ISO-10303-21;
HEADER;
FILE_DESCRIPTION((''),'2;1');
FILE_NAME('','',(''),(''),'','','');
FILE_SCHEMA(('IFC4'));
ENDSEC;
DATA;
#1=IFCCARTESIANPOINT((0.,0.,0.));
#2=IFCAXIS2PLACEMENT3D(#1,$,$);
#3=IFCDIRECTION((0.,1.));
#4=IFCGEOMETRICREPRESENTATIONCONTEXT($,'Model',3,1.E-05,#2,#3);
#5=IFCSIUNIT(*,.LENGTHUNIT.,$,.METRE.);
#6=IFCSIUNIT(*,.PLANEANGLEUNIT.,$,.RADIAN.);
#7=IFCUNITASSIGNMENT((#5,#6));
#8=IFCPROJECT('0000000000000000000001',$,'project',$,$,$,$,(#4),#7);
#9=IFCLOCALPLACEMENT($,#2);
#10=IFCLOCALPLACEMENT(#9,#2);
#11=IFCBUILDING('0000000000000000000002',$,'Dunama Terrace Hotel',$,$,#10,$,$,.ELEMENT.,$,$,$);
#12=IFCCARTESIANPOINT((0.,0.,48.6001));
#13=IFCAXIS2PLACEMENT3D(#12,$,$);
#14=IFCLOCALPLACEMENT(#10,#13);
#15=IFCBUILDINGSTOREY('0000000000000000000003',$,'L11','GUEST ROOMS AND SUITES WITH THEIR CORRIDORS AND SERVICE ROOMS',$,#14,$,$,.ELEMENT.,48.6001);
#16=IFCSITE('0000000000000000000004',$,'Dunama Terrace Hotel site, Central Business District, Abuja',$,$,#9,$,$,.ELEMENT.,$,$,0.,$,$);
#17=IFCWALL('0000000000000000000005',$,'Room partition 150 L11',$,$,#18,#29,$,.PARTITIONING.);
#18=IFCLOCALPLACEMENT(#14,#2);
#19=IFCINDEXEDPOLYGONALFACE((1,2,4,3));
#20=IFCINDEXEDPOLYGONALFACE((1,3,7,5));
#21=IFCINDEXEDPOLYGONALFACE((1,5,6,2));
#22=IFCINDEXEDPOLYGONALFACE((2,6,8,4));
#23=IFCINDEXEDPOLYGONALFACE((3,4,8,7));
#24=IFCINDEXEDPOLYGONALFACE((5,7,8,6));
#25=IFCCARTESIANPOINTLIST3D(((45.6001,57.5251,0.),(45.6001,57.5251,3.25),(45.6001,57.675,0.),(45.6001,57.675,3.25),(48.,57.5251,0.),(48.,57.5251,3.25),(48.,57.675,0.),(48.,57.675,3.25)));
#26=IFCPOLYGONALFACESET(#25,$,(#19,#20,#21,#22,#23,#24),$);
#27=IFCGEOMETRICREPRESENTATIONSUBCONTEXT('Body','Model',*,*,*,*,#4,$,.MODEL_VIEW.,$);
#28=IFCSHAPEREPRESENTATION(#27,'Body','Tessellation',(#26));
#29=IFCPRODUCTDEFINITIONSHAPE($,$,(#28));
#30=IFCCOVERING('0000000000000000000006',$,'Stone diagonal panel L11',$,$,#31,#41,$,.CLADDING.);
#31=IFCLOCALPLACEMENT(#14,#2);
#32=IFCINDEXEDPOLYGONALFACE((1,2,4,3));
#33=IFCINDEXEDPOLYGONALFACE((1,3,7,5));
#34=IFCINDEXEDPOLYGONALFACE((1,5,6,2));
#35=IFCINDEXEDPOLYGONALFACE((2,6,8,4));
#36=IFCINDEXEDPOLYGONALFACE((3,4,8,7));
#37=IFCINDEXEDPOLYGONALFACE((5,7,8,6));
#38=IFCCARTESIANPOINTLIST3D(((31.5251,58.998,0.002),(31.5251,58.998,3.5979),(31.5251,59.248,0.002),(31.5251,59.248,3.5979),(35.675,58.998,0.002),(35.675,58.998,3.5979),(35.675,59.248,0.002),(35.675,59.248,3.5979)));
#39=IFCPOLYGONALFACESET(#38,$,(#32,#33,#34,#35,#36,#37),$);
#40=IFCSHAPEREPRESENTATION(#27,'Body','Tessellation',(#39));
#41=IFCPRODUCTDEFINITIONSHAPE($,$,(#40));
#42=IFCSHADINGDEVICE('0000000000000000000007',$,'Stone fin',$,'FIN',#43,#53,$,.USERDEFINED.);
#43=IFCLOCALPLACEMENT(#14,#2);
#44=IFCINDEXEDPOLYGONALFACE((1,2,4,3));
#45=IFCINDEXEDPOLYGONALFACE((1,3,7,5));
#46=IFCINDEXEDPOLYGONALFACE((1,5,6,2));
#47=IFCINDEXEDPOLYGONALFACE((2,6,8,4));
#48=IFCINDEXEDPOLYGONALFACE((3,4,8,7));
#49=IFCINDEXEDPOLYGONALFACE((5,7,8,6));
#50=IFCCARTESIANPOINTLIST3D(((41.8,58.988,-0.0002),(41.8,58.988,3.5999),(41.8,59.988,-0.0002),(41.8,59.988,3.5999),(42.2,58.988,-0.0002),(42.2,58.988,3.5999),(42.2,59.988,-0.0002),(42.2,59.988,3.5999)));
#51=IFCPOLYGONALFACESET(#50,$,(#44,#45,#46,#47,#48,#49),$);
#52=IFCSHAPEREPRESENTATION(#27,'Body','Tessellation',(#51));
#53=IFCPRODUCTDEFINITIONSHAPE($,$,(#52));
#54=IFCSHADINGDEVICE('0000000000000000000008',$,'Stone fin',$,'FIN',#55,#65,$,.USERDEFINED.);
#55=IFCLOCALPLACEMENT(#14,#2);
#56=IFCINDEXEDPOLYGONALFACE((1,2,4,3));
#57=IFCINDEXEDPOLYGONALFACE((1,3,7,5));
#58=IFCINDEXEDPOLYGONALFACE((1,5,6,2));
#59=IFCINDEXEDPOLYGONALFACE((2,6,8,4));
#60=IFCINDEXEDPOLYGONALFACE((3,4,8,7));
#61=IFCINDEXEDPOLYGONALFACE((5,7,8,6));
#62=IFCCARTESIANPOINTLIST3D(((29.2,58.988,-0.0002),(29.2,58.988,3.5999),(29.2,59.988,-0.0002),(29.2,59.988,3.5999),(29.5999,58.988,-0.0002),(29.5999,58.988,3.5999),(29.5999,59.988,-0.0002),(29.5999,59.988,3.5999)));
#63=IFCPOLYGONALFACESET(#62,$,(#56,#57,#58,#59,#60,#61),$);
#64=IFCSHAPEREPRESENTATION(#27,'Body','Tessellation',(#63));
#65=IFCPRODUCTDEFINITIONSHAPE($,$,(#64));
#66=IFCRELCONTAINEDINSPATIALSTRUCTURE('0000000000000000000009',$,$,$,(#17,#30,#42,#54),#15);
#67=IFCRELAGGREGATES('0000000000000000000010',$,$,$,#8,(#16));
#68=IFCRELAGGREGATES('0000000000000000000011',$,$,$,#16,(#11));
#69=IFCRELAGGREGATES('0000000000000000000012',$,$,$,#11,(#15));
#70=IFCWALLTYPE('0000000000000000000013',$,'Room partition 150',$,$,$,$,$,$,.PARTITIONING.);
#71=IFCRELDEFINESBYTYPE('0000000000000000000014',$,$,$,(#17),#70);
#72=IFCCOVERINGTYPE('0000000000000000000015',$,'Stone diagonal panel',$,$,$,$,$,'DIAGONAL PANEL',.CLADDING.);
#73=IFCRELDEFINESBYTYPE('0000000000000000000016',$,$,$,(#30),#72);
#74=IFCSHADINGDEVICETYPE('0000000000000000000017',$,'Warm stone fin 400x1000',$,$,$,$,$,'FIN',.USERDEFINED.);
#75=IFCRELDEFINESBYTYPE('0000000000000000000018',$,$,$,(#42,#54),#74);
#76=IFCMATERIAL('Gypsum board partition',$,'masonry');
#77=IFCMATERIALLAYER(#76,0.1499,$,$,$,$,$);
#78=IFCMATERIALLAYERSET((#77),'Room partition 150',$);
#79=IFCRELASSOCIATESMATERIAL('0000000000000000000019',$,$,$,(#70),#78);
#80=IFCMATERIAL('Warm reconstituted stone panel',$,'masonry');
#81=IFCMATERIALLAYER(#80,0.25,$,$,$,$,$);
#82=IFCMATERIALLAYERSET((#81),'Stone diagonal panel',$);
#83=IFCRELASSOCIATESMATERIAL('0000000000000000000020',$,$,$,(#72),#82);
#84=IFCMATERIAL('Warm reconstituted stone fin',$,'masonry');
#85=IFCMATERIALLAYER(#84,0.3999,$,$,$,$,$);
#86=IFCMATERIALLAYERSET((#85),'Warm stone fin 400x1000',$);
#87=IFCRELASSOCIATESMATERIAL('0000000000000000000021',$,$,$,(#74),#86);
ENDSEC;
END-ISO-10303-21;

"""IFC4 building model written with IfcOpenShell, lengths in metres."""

from ifc_helpers import new_model, si_unit, direction, frame, frame_2d, origin, origin_2d, place, context, subcontext, project, spatial, rectangle, extrude, material, layer, layer_set, type_object, element, save


model = new_model("IFC4")

# Units and contexts
model_context = context("Model", 3, precision=1e-05, world=origin(), true_north=direction((0.0, 1.0)))
body_context = subcontext(model_context, "Body", "Model", "MODEL_VIEW")
ifc_project = project(units=[si_unit("LENGTHUNIT", "METRE"), si_unit("PLANEANGLEUNIT", "RADIAN")], contexts=[model_context])

# Site, building, storey
site_placement = place(None, origin())
site = spatial("IfcSite", under=ifc_project, at=site_placement, Name="Dunama Terrace Hotel site, Central Business District, Abuja", CompositionType="ELEMENT", RefElevation=0.0)
building_placement = place(site_placement, origin())
building = spatial("IfcBuilding", under=site, at=building_placement, Name="Dunama Terrace Hotel", CompositionType="ELEMENT")
storey_placement = place(building_placement, frame((0.0, 0.0, 48.6001)))
storey = spatial("IfcBuildingStorey", under=building, at=storey_placement, Name="L11", Description="GUEST ROOMS AND SUITES WITH THEIR CORRIDORS AND SERVICE ROOMS", CompositionType="ELEMENT", Elevation=48.6001)

# Shared definitions
ifc_material_1 = material(Name="Gypsum board partition", Category="masonry")
ifc_layer_1 = layer(ifc_material_1, 0.1499)
ifc_layer_set_1 = layer_set([ifc_layer_1], Name="Room partition 150")
wall_type_1 = type_object("IfcWallType", Name="Room partition 150", PredefinedType="PARTITIONING", material=ifc_layer_set_1)

# Wall
wall_1_placement = place(storey_placement, frame((45.6001, 57.6001, 0.0), z_axis=(0.0, 0.0, 1.0), x_axis=(1.0, 0.0, 0.0)))
element("IfcWall", 1, at=wall_1_placement, inside=storey, type_object=wall_type_1, Name="Room partition 150 L11", PredefinedType="PARTITIONING", context=body_context, shape_type="SweptSolid", body=[
    extrude(rectangle(XDim=2.3999, YDim=0.1499, at=frame_2d((1.2, 0.0))), origin(), (0.0, 0.0, 1.0), 3.25),
])

# Covering
ifc_material_2 = material(Name="Warm reconstituted stone panel", Category="masonry")
ifc_layer_2 = layer(ifc_material_2, 0.25)
ifc_layer_set_2 = layer_set([ifc_layer_2], Name="Stone diagonal panel")
covering_type = type_object("IfcCoveringType", Name="Stone diagonal panel", ElementType="DIAGONAL PANEL", PredefinedType="CLADDING", material=ifc_layer_set_2)
covering_placement = place(storey_placement, frame((33.6001, 59.123, 0.002), z_axis=(0.0, 0.0, 1.0), x_axis=(-1.0, 0.0, 0.0)))
element("IfcCovering", 2, at=covering_placement, inside=storey, type_object=covering_type, Name="Stone diagonal panel L11", PredefinedType="CLADDING", context=body_context, shape_type="SweptSolid", body=[
    extrude(rectangle(XDim=4.1499, YDim=0.25, at=origin_2d()), origin(), (0.0, 0.0, 1.0), 3.5959),
])

# Shading devices
ifc_material_3 = material(Name="Warm reconstituted stone fin", Category="masonry")
ifc_layer_3 = layer(ifc_material_3, 0.3999)
ifc_layer_set_3 = layer_set([ifc_layer_3], Name="Warm stone fin 400x1000")
shading_device_type = type_object("IfcShadingDeviceType", Name="Warm stone fin 400x1000", ElementType="FIN", PredefinedType="USERDEFINED", material=ifc_layer_set_3)
for number, where, z_axis, x_axis, name in (
    (3, (42.0, 59.488, -0.0002), (0.0, 0.0, 1.0), (-1.0, 0.0, 0.0), "Stone fin"),
    (4, (29.3999, 59.488, -0.0002), (0.0, 0.0, 1.0), (-1.0, 0.0, 0.0), "Stone fin"),
):
    element("IfcShadingDevice", number, at=place(storey_placement, frame(where, z_axis=z_axis, x_axis=x_axis)), inside=storey, type_object=shading_device_type, Name=name, ObjectType="FIN", PredefinedType="USERDEFINED", context=body_context, shape_type="SweptSolid", body=[
        extrude(rectangle(XDim=0.3999, YDim=1.0, at=origin_2d()), origin(), (0.0, 0.0, 1.0), 3.6001),
    ])

save(model, "model.ifc")
